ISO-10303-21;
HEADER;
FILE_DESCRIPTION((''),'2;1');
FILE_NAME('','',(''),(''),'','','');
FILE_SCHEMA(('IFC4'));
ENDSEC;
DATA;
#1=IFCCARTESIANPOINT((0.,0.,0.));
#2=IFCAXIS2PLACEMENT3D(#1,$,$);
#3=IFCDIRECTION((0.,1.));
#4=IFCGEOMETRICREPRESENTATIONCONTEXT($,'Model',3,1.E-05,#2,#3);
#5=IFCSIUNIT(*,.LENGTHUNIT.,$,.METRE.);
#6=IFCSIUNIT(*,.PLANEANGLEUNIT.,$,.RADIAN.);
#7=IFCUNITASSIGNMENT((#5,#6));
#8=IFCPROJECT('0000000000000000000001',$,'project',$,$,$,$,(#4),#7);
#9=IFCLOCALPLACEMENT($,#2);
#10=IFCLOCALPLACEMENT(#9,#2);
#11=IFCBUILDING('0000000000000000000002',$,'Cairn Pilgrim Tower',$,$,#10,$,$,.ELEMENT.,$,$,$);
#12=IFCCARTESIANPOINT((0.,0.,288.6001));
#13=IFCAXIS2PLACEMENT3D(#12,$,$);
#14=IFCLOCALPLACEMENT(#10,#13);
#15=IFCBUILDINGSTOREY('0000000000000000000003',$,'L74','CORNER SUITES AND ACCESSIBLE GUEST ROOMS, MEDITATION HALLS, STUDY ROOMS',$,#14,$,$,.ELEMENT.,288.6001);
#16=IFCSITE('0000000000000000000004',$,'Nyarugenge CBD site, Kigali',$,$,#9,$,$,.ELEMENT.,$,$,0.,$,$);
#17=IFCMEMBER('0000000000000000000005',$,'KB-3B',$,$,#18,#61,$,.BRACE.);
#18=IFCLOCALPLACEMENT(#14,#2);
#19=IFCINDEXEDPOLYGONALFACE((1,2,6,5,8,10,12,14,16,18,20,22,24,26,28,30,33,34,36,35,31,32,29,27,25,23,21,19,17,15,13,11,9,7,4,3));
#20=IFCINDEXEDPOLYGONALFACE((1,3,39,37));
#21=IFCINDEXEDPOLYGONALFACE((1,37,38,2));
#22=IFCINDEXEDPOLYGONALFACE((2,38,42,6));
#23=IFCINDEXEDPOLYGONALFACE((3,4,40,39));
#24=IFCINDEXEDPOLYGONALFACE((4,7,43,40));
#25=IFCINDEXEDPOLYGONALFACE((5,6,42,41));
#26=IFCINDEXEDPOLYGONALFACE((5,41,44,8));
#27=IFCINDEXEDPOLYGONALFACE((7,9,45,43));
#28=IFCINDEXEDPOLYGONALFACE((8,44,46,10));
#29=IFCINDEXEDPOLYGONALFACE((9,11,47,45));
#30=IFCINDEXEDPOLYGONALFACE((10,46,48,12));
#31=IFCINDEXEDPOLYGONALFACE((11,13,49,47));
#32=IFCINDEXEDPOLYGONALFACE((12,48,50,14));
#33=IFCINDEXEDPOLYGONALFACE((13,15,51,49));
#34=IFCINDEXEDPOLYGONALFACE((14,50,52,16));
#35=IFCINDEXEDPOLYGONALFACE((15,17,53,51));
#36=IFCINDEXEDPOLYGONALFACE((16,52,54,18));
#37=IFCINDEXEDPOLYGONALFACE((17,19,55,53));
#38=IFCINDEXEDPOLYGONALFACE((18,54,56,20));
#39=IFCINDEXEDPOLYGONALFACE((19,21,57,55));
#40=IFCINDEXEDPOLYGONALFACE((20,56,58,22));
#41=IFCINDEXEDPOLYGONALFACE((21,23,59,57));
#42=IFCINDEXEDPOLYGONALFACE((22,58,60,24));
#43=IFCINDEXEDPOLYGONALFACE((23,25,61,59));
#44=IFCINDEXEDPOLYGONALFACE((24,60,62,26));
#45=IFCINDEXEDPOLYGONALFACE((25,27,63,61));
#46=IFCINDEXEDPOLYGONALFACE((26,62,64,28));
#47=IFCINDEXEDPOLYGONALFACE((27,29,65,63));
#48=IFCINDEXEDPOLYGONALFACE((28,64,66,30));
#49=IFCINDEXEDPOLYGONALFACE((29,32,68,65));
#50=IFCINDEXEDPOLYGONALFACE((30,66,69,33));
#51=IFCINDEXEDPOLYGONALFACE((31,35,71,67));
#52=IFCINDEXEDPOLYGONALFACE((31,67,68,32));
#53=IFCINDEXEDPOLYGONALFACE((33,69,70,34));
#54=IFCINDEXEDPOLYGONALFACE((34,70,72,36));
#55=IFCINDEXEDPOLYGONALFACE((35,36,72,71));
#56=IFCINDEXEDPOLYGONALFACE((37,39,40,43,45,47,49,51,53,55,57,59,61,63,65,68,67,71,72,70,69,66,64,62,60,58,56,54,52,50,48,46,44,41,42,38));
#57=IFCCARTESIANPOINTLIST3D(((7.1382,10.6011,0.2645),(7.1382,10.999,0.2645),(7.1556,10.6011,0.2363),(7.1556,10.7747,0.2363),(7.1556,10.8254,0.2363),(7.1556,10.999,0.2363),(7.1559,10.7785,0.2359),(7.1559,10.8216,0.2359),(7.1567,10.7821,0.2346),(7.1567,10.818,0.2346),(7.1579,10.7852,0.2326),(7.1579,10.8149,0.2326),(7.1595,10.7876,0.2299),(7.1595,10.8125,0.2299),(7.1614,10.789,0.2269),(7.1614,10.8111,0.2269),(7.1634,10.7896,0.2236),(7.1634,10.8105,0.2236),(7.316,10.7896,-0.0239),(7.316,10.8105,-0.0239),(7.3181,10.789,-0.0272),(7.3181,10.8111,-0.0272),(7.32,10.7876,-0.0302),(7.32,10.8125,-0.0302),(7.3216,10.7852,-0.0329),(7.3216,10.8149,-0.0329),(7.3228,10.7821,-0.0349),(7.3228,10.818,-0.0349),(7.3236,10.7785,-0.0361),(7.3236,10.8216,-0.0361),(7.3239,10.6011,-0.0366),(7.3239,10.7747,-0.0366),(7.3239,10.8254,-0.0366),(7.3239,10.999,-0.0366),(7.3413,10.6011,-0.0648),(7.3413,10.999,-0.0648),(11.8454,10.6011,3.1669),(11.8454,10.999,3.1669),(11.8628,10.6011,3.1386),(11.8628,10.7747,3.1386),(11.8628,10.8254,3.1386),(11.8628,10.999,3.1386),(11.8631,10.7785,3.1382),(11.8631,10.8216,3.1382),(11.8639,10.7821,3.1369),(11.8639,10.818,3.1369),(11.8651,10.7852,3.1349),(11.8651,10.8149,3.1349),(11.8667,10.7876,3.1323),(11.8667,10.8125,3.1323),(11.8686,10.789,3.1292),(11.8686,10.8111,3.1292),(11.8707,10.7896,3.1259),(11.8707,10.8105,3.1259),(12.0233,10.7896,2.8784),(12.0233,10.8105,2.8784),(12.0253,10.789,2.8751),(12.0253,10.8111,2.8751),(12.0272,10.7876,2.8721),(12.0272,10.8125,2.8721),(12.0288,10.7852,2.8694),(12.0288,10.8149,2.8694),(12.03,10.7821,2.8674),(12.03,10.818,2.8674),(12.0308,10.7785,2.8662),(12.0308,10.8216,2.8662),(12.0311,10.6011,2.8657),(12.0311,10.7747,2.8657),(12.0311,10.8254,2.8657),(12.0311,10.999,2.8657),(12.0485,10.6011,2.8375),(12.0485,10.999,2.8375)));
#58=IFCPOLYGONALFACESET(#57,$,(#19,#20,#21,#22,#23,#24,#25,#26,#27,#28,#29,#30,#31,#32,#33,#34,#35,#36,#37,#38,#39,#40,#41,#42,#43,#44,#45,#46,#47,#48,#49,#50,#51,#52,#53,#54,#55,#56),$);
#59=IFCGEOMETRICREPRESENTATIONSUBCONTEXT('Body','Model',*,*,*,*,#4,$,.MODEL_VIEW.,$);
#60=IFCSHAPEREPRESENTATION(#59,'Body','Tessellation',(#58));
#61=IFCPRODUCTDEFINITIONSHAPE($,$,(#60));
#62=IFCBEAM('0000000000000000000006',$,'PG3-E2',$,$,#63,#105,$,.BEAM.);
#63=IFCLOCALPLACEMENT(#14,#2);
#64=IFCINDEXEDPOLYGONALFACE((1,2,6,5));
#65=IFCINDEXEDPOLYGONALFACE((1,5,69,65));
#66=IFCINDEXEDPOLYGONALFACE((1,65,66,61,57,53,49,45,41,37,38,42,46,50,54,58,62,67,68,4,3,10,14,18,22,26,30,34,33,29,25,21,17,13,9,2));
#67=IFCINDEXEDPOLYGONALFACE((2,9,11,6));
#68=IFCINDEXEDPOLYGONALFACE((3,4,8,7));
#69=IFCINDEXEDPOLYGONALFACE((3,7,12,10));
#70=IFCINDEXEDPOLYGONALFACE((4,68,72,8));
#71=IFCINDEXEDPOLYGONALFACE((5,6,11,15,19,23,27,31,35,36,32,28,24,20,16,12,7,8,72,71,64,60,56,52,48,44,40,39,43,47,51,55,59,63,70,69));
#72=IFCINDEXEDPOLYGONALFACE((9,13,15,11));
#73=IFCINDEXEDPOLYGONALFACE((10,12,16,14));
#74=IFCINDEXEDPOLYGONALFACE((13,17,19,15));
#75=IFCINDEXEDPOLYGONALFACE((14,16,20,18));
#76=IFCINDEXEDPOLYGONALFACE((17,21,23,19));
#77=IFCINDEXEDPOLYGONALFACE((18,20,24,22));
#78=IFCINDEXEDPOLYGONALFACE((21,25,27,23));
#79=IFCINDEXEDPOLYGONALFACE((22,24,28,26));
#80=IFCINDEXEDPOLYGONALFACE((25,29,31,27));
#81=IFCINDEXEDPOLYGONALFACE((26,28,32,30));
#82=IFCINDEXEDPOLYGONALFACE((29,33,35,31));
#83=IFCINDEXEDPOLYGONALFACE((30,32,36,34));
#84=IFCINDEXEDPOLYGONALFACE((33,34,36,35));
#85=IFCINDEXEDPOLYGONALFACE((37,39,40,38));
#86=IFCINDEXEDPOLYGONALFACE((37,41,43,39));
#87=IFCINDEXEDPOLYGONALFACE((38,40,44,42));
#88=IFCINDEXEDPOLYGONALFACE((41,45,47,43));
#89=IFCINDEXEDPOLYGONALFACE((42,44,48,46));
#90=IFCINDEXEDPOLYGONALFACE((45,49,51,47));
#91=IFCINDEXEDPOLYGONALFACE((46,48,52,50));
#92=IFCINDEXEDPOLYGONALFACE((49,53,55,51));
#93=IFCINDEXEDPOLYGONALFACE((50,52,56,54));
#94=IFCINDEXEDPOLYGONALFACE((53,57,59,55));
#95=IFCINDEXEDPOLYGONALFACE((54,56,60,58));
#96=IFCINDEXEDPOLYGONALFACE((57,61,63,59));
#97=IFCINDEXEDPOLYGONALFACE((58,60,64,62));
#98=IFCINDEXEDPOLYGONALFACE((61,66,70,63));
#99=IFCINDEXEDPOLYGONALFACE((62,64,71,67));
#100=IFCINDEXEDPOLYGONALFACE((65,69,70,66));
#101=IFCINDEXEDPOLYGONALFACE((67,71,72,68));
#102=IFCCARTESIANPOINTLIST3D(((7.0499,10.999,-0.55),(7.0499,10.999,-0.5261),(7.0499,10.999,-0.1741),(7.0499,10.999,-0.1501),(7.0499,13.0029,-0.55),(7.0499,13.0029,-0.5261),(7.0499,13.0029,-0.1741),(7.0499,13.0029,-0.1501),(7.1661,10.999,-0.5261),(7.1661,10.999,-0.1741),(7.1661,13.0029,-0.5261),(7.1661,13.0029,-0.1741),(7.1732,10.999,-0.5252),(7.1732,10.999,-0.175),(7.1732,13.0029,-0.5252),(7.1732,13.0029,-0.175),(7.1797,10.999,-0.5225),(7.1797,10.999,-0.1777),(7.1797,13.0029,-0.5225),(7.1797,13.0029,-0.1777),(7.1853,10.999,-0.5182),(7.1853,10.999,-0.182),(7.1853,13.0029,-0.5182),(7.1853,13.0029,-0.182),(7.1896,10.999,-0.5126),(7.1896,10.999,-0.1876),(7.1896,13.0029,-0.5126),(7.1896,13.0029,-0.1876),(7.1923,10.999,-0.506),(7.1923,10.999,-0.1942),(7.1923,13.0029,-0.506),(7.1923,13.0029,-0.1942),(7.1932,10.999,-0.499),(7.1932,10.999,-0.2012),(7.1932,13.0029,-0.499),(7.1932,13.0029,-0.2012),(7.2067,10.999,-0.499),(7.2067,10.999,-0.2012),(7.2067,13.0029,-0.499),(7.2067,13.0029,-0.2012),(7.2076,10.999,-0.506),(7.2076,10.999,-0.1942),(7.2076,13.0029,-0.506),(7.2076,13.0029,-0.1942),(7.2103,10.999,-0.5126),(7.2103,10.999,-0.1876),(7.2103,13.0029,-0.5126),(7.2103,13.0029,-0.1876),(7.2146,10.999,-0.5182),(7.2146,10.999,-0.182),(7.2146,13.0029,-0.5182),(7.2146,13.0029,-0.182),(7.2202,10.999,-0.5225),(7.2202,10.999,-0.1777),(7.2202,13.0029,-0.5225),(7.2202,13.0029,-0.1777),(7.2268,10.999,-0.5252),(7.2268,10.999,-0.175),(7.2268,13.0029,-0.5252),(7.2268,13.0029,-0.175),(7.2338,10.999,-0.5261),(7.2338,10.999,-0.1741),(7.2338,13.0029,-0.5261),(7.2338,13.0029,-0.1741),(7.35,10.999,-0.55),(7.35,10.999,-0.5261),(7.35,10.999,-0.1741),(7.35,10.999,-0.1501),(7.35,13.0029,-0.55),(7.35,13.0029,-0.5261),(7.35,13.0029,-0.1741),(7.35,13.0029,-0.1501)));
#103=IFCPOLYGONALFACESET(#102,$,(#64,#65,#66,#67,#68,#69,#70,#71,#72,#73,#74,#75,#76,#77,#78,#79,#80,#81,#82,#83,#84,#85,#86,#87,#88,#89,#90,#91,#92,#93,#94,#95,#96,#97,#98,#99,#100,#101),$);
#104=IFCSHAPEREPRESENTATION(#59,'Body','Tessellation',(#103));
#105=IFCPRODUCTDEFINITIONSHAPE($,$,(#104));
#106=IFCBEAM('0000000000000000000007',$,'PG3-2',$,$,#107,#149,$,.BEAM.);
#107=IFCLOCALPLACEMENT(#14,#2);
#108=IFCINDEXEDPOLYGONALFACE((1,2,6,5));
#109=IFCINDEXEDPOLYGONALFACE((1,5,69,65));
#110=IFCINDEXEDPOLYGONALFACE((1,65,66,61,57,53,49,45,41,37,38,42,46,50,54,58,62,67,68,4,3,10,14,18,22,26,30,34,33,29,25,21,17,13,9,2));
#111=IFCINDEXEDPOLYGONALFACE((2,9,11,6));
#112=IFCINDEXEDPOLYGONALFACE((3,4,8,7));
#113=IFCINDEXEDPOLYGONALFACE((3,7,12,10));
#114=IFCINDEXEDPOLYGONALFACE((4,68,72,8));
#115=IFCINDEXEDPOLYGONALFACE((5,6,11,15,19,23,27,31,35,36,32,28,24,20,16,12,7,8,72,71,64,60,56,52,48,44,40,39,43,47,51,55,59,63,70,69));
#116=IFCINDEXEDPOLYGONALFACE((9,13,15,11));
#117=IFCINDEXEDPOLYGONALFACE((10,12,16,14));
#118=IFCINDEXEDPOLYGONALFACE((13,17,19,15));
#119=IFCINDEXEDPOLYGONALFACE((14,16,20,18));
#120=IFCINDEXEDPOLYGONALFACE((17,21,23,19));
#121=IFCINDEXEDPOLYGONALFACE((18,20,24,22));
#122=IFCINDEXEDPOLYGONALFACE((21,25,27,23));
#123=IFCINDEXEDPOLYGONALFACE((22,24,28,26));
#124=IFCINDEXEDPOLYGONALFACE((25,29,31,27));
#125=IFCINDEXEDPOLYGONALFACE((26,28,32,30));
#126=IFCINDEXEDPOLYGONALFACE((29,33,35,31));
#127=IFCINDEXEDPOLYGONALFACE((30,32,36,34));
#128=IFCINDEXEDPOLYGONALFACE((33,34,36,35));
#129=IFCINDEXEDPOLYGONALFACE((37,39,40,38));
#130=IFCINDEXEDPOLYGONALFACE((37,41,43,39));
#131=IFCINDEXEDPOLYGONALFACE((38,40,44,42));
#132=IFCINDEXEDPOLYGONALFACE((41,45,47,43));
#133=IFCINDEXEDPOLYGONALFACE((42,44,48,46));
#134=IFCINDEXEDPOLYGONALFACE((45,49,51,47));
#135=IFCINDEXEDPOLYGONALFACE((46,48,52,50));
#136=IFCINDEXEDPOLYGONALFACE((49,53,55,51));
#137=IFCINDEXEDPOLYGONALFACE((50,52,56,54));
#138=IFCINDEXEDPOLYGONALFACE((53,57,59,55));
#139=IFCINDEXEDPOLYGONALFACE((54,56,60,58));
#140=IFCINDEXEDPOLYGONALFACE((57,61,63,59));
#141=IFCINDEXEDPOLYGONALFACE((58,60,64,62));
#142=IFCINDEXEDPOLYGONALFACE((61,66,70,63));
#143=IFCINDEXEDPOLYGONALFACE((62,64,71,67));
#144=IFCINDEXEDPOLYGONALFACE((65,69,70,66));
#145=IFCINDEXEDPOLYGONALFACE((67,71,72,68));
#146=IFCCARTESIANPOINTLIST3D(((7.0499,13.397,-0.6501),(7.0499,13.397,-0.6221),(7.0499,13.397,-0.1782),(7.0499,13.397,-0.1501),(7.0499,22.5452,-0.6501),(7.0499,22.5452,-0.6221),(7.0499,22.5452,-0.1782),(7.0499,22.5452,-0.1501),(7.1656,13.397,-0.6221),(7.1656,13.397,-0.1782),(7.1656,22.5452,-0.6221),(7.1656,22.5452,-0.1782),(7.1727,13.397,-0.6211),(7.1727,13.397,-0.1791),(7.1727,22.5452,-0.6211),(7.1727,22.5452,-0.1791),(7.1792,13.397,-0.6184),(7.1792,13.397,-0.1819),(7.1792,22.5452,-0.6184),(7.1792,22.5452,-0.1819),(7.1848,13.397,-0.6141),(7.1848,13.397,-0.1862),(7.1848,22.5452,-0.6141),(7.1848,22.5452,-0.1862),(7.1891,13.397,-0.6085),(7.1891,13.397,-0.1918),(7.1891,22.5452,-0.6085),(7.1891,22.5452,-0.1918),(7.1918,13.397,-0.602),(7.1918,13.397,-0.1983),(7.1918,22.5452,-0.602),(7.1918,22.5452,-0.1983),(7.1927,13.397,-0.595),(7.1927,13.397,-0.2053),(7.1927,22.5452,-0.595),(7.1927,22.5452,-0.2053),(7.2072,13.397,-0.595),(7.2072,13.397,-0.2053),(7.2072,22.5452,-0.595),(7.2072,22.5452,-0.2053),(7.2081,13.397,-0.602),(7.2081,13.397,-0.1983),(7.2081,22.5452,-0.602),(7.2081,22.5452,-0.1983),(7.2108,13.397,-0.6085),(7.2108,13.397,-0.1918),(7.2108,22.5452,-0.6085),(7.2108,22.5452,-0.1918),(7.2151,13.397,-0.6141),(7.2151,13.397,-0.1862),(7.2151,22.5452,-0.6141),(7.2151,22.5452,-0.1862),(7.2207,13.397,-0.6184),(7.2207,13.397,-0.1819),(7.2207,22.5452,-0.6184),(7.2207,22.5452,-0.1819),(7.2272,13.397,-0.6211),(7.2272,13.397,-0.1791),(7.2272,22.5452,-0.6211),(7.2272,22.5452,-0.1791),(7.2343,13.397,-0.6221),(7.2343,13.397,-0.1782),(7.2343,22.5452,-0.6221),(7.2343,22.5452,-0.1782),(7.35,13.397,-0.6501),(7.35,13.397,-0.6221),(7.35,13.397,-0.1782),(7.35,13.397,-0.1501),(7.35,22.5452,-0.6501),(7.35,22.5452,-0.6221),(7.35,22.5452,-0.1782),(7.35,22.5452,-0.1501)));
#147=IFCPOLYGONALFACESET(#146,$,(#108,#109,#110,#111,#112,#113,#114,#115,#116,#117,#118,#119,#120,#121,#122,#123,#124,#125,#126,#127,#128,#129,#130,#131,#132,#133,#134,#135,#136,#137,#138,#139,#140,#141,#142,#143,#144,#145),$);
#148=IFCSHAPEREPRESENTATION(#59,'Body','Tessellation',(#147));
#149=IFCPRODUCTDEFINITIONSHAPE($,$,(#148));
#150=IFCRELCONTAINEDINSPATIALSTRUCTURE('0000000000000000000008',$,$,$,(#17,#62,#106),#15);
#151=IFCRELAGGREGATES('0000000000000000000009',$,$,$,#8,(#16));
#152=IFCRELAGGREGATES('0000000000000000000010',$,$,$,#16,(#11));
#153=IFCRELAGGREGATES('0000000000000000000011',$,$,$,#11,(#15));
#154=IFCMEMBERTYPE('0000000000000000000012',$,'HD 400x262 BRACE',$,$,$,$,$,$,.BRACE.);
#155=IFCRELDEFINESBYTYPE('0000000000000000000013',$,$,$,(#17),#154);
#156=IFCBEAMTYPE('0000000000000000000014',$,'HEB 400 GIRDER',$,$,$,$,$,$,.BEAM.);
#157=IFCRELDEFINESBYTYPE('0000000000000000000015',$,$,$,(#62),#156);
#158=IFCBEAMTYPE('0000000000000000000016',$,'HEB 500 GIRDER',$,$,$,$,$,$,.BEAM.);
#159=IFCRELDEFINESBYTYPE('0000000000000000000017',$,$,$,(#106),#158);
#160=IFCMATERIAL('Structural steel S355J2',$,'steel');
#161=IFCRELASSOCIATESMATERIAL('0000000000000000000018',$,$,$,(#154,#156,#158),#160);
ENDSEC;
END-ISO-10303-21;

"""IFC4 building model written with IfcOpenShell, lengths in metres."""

from ifc_helpers import new_model, si_unit, direction, frame, origin, origin_2d, place, context, subcontext, project, spatial, i_section, extrude, material, material_profile, profile_set, type_object, element, save


model = new_model("IFC4")

# Units and contexts
model_context = context("Model", 3, precision=1e-05, world=origin(), true_north=direction((0.0, 1.0)))
body_context = subcontext(model_context, "Body", "Model", "MODEL_VIEW")
ifc_project = project(units=[si_unit("LENGTHUNIT", "METRE"), si_unit("PLANEANGLEUNIT", "RADIAN")], contexts=[model_context])

# Site, building, storey
site_placement = place(None, origin())
site = spatial("IfcSite", under=ifc_project, at=site_placement, Name="Nyarugenge CBD site, Kigali", CompositionType="ELEMENT", RefElevation=0.0)
building_placement = place(site_placement, origin())
building = spatial("IfcBuilding", under=site, at=building_placement, Name="Cairn Pilgrim Tower", CompositionType="ELEMENT")
storey_placement = place(building_placement, frame((0.0, 0.0, 288.6001)))
storey = spatial("IfcBuildingStorey", under=building, at=storey_placement, Name="L74", Description="CORNER SUITES AND ACCESSIBLE GUEST ROOMS, MEDITATION HALLS, STUDY ROOMS", CompositionType="ELEMENT", Elevation=288.6001)

# Shared definitions
ifc_material_1 = material(Name="Structural steel S355J2", Category="steel")

# Member
ifc_material_profile_1 = material_profile(ifc_material_1, i_section(OverallWidth=0.3979, OverallDepth=0.387, WebThickness=0.021, FlangeThickness=0.0332, FilletRadius=0.0149, at=origin_2d()), Name="HD 400x262")
ifc_profile_set_1 = profile_set([ifc_material_profile_1], Name="Structural steel S355J2")
member_type_1 = type_object("IfcMemberType", Name="HD 400x262 BRACE", PredefinedType="BRACE", material=ifc_profile_set_1)
member_1_placement = place(storey_placement, frame((7.2397, 10.8, 0.0999), z_axis=(0.851209, 0.0, 0.524826), x_axis=(0.0, 1.0, 0.0)))
element("IfcMember", 1, at=member_1_placement, inside=storey, type_object=member_type_1, Name="KB-3B", PredefinedType="BRACE", context=body_context, shape_type="SweptSolid", body=[
    extrude(i_section(OverallWidth=0.3979, OverallDepth=0.387, WebThickness=0.021, FlangeThickness=0.0332, FilletRadius=0.0149, at=origin_2d()), origin(), (0.0, 0.0, 1.0), 5.53),
])

# Beams
ifc_material_profile_2 = material_profile(ifc_material_1, i_section(OverallWidth=0.3, OverallDepth=0.3999, WebThickness=0.0134, FlangeThickness=0.0239, FilletRadius=0.0271, at=origin_2d()), Name="HEB 400")
ifc_profile_set_2 = profile_set([ifc_material_profile_2], Name="Structural steel S355J2")
beam_type_1 = type_object("IfcBeamType", Name="HEB 400 GIRDER", PredefinedType="BEAM", material=ifc_profile_set_2)
beam_1_placement = place(storey_placement, frame((7.2, 10.999, -0.3501), z_axis=(0.0, 1.0, 0.0), x_axis=(-1.0, 0.0, 0.0)))
element("IfcBeam", 2, at=beam_1_placement, inside=storey, type_object=beam_type_1, Name="PG3-E2", PredefinedType="BEAM", context=body_context, shape_type="SweptSolid", body=[
    extrude(i_section(OverallWidth=0.3, OverallDepth=0.3999, WebThickness=0.0134, FlangeThickness=0.0239, FilletRadius=0.0271, at=origin_2d()), origin(), (0.0, 0.0, 1.0), 2.0039),
])
ifc_material_profile_3 = material_profile(ifc_material_1, i_section(OverallWidth=0.3, OverallDepth=0.5, WebThickness=0.0144, FlangeThickness=0.0281, FilletRadius=0.0271, at=origin_2d()), Name="HEB 500")
ifc_profile_set_3 = profile_set([ifc_material_profile_3], Name="Structural steel S355J2")
beam_type_2 = type_object("IfcBeamType", Name="HEB 500 GIRDER", PredefinedType="BEAM", material=ifc_profile_set_3)
beam_2_placement = place(storey_placement, frame((7.2, 13.397, -0.4001), z_axis=(0.0, 1.0, 0.0), x_axis=(-1.0, 0.0, 0.0)))
element("IfcBeam", 3, at=beam_2_placement, inside=storey, type_object=beam_type_2, Name="PG3-2", PredefinedType="BEAM", context=body_context, shape_type="SweptSolid", body=[
    extrude(i_section(OverallWidth=0.3, OverallDepth=0.5, WebThickness=0.0144, FlangeThickness=0.0281, FilletRadius=0.0271, at=origin_2d()), origin(), (0.0, 0.0, 1.0), 9.1482),
])

save(model, "model.ifc")
